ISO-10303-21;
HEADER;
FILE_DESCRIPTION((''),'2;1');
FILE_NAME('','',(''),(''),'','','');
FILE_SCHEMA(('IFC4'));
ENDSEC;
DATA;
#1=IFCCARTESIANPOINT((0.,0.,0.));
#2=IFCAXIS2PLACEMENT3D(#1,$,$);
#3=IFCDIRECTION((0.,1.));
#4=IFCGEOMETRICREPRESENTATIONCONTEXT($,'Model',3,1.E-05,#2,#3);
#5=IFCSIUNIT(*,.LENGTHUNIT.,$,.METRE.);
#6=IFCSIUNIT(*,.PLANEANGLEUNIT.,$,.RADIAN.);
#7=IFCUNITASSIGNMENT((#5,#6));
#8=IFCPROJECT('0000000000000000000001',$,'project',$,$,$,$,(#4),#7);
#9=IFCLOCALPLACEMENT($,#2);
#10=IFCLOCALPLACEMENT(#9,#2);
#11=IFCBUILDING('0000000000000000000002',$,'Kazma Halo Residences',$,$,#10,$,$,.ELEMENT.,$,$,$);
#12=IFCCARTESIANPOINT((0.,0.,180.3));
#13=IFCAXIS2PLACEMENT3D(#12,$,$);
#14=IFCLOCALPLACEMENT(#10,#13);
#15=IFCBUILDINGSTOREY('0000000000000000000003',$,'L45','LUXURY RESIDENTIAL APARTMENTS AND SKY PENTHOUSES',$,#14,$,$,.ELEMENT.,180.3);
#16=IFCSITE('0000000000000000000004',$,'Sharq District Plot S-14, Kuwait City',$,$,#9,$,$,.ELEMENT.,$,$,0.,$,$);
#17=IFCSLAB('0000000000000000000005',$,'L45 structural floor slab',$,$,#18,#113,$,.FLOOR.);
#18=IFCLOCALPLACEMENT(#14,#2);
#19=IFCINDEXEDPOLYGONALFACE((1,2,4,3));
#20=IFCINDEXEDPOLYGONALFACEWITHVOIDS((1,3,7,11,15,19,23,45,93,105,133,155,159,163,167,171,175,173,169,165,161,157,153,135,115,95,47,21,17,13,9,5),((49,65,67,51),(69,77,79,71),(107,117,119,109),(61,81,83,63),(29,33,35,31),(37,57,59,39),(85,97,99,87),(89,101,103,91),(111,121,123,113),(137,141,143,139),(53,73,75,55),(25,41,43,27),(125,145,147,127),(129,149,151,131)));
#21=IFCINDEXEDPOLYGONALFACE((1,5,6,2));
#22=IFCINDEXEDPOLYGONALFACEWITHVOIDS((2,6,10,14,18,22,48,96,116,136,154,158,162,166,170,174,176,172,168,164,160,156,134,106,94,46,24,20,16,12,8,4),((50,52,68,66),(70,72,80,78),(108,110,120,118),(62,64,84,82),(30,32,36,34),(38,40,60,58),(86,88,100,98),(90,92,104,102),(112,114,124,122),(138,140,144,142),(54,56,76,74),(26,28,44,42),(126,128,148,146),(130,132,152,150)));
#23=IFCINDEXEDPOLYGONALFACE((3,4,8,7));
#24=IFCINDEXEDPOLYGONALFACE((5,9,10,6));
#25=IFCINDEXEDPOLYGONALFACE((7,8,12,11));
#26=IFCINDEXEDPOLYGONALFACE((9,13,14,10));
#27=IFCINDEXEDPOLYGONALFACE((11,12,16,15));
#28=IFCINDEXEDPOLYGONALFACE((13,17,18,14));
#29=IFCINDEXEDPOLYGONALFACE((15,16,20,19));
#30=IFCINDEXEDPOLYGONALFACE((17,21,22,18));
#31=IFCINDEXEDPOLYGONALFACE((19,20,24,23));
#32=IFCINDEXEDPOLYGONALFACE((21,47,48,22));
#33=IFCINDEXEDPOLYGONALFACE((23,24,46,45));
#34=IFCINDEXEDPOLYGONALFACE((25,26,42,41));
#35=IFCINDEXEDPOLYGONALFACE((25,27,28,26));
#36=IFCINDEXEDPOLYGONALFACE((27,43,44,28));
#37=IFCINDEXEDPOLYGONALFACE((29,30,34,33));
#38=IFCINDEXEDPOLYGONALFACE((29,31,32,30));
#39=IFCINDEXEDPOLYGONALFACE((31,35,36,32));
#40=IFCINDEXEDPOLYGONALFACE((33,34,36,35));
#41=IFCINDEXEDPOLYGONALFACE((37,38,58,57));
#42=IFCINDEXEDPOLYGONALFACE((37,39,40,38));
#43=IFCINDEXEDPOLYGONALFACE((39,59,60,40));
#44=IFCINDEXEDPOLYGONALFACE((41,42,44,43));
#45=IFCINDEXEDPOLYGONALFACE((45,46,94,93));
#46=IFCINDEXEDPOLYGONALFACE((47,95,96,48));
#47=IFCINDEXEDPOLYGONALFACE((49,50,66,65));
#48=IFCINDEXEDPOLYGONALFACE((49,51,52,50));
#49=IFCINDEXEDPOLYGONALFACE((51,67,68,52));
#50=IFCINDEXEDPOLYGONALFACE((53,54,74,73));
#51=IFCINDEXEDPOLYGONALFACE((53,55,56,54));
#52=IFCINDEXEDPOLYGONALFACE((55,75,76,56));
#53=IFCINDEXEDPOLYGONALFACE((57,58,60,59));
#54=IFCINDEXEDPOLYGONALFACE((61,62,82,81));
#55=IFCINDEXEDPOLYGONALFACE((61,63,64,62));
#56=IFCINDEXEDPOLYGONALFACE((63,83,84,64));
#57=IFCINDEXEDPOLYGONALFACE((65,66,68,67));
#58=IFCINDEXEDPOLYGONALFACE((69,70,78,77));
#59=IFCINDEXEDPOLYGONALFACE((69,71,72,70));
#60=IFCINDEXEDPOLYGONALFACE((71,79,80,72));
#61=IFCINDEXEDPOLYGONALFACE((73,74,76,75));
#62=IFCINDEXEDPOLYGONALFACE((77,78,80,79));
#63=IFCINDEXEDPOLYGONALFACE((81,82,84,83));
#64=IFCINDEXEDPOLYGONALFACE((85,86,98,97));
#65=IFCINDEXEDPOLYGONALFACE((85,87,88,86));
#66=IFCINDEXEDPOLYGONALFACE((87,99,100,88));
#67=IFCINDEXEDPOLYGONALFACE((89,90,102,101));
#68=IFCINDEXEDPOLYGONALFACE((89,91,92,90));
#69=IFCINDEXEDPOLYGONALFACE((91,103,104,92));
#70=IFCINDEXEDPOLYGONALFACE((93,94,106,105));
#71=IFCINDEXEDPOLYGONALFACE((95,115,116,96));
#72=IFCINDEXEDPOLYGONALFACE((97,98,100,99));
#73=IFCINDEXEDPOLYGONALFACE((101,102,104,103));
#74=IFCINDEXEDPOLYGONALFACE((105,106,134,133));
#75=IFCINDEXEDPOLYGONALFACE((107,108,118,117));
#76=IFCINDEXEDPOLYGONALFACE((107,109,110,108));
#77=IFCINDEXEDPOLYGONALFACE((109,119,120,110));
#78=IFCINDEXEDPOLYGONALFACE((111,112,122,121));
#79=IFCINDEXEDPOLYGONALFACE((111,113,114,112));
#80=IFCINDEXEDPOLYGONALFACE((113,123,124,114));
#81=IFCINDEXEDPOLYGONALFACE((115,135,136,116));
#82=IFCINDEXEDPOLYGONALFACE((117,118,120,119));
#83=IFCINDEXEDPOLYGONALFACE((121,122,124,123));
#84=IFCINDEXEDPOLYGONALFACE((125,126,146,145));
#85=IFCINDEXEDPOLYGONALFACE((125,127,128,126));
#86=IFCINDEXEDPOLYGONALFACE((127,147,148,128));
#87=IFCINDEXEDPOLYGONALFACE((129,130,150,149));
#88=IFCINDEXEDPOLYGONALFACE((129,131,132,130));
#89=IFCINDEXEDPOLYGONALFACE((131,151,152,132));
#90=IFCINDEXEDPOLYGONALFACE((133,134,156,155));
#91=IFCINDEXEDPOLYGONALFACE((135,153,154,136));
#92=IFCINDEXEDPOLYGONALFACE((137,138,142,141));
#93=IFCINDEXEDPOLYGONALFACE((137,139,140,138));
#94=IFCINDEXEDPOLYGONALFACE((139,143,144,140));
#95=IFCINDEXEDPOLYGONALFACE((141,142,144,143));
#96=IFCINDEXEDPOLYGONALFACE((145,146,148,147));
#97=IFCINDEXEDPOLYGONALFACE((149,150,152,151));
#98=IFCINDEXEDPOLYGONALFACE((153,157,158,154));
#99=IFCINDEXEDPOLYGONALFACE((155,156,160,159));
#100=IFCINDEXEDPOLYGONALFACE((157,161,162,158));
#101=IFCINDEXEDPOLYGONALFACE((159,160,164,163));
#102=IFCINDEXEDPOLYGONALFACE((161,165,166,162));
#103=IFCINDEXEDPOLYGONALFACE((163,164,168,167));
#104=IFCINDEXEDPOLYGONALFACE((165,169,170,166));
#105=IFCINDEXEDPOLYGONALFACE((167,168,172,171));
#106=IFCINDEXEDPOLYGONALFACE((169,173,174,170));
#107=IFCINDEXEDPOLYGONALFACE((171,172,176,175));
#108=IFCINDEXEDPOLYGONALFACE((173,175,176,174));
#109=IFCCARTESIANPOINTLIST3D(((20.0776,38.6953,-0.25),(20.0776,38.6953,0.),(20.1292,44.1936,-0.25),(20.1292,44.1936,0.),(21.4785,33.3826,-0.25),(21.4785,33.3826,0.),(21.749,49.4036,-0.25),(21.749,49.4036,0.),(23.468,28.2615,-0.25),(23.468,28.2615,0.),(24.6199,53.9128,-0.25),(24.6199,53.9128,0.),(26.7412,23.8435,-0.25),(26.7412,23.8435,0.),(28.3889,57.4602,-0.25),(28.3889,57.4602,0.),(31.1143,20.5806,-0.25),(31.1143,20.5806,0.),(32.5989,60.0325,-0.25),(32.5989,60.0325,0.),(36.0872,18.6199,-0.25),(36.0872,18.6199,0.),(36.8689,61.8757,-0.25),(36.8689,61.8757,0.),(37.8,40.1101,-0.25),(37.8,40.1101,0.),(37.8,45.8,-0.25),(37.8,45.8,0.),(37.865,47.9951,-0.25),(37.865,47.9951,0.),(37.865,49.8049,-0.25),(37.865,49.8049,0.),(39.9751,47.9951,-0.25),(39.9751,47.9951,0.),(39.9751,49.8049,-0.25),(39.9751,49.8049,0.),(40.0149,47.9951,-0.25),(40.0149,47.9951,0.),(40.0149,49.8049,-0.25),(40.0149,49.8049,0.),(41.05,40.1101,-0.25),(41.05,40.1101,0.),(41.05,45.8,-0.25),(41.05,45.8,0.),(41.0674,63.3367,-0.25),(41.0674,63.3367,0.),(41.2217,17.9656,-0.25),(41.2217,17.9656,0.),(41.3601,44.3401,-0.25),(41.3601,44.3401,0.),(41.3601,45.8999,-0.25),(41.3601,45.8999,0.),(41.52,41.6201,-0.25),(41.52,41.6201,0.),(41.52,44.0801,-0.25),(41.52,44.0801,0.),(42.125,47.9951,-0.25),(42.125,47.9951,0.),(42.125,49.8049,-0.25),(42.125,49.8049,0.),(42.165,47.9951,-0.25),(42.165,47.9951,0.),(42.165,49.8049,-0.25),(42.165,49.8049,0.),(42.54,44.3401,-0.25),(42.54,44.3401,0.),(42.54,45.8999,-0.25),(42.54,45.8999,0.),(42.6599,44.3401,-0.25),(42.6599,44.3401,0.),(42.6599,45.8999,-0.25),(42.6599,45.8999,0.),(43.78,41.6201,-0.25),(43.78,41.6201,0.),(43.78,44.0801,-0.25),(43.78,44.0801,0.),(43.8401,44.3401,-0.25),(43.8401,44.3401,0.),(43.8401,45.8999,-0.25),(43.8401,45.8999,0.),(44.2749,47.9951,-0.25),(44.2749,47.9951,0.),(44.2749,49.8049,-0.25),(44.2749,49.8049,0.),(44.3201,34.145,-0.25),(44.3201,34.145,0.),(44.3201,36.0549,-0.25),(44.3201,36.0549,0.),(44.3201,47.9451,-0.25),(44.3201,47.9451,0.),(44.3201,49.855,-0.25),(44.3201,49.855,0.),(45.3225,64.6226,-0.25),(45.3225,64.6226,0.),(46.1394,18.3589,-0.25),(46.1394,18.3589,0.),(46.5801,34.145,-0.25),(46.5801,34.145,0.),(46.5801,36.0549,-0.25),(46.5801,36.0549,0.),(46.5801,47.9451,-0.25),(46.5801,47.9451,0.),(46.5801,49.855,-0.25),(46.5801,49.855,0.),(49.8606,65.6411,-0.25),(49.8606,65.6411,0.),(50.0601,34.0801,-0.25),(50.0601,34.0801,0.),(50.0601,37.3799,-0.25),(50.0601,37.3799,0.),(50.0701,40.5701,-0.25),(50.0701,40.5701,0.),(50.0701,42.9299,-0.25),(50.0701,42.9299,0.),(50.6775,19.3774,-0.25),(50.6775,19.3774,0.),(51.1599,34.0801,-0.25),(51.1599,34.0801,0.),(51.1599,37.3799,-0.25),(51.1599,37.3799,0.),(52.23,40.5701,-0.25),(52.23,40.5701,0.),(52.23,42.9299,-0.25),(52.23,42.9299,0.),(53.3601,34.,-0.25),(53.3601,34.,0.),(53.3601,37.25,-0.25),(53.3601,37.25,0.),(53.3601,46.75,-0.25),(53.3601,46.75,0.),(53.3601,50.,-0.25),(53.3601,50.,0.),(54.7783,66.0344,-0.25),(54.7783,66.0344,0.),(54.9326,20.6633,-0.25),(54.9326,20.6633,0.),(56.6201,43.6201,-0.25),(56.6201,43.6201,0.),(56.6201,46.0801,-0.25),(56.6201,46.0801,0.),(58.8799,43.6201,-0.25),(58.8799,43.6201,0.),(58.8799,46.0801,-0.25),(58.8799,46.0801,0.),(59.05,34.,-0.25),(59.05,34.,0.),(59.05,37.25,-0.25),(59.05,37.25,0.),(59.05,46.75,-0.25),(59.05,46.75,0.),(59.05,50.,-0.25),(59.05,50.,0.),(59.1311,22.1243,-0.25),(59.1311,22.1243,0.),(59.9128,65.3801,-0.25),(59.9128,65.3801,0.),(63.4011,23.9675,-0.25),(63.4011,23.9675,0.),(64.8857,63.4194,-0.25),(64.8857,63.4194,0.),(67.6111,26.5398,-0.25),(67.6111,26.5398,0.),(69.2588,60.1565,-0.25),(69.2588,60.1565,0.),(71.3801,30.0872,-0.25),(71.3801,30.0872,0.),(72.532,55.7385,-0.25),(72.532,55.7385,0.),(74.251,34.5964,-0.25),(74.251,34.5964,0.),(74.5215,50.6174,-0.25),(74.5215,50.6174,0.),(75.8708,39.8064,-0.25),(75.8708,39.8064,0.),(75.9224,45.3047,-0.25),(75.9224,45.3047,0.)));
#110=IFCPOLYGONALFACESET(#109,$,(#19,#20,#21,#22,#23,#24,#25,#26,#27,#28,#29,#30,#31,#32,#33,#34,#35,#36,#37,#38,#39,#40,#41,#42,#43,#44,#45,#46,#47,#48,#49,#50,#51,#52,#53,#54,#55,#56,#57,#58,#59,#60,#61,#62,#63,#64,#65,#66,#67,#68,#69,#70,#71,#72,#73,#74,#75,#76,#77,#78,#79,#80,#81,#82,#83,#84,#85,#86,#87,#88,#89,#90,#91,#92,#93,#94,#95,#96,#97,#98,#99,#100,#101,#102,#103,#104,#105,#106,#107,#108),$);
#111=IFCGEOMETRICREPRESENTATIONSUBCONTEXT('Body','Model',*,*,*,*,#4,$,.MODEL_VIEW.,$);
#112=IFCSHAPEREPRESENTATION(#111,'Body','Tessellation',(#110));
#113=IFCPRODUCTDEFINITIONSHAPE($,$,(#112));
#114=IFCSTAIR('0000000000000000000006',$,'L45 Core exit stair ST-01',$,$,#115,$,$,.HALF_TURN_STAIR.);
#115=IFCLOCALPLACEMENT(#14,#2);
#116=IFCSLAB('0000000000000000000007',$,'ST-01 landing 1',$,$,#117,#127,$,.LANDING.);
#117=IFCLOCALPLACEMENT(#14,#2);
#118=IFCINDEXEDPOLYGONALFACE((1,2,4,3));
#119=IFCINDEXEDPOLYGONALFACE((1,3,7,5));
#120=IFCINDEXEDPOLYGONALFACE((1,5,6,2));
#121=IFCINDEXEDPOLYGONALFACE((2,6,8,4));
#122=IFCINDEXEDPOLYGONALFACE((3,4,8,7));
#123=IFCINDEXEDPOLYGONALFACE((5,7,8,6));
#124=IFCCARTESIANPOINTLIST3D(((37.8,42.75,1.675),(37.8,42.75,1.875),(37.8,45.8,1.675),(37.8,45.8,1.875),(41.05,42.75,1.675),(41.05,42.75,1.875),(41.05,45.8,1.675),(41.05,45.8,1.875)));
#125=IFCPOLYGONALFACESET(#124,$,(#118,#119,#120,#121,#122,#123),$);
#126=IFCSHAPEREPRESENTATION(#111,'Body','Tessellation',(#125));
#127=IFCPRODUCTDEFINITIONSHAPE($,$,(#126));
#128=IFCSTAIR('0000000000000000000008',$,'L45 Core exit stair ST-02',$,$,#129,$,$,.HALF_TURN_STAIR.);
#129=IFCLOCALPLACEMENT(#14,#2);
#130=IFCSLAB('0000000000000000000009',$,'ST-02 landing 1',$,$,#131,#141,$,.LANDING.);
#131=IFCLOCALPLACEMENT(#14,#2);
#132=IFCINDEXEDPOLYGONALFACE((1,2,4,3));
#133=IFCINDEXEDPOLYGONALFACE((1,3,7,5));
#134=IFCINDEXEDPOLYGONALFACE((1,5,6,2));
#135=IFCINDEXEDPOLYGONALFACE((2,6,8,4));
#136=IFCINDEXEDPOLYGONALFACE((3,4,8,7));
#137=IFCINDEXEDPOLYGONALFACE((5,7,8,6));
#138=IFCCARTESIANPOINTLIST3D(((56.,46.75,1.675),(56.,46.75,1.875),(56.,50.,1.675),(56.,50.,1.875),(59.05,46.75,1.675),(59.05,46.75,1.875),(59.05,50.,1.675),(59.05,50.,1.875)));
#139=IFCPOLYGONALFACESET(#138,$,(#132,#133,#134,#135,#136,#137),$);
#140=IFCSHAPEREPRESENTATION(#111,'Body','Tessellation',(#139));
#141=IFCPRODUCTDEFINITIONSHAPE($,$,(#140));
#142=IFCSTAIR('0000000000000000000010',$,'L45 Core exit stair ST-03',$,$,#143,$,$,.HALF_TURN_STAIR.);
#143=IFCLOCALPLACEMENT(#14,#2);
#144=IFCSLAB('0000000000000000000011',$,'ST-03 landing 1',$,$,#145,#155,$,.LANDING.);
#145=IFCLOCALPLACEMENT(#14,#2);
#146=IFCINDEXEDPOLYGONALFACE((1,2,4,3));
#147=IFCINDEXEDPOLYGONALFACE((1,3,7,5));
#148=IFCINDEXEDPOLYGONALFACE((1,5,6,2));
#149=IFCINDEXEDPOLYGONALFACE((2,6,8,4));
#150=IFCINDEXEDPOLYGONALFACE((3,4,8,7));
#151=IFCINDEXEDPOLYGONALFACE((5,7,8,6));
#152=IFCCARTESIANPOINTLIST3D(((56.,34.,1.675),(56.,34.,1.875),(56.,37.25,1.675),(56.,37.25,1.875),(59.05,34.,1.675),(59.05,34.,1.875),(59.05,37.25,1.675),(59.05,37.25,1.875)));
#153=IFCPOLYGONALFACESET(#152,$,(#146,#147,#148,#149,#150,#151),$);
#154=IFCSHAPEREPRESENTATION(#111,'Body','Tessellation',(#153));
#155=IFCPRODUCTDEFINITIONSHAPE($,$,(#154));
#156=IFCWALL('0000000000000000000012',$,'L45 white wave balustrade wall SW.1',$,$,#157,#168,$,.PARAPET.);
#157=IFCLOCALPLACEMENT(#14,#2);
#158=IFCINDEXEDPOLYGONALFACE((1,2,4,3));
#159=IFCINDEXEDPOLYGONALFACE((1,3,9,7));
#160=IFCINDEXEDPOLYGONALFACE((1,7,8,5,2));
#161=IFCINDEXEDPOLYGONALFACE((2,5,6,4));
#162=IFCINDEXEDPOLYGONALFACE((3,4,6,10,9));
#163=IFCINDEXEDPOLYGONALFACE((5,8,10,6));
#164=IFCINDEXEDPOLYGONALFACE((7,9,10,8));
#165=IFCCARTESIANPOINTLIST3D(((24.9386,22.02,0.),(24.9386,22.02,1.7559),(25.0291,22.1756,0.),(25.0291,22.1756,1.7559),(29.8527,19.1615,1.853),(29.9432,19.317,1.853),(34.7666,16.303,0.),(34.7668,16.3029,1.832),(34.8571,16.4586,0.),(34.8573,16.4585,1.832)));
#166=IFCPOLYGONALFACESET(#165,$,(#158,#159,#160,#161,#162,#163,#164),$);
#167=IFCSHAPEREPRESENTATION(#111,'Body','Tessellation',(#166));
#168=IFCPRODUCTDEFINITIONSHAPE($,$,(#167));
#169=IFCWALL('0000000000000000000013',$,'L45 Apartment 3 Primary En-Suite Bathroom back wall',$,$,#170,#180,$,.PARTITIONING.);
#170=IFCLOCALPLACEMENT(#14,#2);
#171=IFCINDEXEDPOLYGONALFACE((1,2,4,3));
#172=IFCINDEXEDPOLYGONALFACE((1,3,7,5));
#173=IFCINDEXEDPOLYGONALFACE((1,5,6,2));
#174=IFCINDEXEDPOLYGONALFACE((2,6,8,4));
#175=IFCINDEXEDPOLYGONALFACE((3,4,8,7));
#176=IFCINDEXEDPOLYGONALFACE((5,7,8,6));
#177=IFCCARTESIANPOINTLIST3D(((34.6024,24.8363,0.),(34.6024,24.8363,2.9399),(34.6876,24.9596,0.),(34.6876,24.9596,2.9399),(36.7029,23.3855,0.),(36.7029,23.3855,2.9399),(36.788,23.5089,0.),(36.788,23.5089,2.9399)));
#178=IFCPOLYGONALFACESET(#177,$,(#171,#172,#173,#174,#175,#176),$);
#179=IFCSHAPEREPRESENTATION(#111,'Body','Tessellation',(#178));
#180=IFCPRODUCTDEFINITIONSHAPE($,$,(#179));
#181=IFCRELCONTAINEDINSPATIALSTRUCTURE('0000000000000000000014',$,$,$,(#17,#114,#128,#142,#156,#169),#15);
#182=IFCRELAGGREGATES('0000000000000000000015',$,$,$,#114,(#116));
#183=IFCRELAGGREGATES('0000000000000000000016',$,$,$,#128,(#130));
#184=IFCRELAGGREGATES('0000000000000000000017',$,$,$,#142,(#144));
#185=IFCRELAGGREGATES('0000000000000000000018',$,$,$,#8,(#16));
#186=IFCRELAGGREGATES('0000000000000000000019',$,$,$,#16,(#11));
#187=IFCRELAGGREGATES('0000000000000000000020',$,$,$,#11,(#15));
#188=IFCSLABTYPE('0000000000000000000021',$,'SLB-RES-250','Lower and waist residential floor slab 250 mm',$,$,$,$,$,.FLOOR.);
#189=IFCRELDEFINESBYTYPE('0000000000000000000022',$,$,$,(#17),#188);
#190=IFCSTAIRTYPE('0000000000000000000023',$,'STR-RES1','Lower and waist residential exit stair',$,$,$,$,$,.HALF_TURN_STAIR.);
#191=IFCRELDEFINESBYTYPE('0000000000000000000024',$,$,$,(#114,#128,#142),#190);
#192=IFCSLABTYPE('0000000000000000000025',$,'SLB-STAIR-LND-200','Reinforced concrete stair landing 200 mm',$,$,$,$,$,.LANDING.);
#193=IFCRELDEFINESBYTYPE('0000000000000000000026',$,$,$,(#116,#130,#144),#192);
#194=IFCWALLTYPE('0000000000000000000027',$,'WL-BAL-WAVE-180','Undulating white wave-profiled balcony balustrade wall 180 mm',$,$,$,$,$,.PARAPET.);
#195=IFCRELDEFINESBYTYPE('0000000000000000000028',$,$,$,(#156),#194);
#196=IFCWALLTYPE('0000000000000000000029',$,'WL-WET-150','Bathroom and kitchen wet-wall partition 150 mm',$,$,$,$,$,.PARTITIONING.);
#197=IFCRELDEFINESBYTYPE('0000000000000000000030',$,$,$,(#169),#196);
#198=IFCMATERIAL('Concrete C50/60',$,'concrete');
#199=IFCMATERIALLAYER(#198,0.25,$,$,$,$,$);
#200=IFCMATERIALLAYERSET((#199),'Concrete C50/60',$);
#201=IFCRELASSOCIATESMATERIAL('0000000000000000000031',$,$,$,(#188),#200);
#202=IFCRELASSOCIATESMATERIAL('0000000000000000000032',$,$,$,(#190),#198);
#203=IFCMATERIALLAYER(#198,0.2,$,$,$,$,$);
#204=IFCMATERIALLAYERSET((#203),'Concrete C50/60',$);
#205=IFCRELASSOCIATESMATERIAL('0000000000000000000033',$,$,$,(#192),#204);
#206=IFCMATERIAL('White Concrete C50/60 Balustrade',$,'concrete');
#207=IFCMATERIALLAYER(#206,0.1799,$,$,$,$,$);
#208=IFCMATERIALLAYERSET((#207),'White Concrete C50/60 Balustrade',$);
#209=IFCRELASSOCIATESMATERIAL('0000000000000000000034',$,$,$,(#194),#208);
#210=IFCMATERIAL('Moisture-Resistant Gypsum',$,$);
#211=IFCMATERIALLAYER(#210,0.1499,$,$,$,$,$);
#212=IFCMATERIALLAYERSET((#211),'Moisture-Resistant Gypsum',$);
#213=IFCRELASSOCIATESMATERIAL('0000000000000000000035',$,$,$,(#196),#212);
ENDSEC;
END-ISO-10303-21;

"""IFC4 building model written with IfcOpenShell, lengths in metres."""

from ifc_helpers import new_model, si_unit, direction, frame, frame_2d, origin, place, context, subcontext, project, spatial, polyline, rectangle, outline, extrude, material, layer, layer_set, type_object, element, aggregate, save


model = new_model("IFC4")

# Units and contexts
model_context = context("Model", 3, precision=1e-05, world=origin(), true_north=direction((0.0, 1.0)))
body_context = subcontext(model_context, "Body", "Model", "MODEL_VIEW")
ifc_project = project(units=[si_unit("LENGTHUNIT", "METRE"), si_unit("PLANEANGLEUNIT", "RADIAN")], contexts=[model_context])

# Site, building, storey
site_placement = place(None, origin())
site = spatial("IfcSite", under=ifc_project, at=site_placement, Name="Sharq District Plot S-14, Kuwait City", CompositionType="ELEMENT", RefElevation=0.0)
building_placement = place(site_placement, origin())
building = spatial("IfcBuilding", under=site, at=building_placement, Name="Kazma Halo Residences", CompositionType="ELEMENT")
storey_placement = place(building_placement, frame((0.0, 0.0, 180.3)))
storey = spatial("IfcBuildingStorey", under=building, at=storey_placement, Name="L45", Description="LUXURY RESIDENTIAL APARTMENTS AND SKY PENTHOUSES", CompositionType="ELEMENT", Elevation=180.3)

# Slab
ifc_material_1 = material(Name="Concrete C50/60", Category="concrete")
ifc_layer_1 = layer(ifc_material_1, 0.25)
ifc_layer_set_1 = layer_set([ifc_layer_1], Name="Concrete C50/60")
slab_type_1 = type_object("IfcSlabType", Name="SLB-RES-250", Description="Lower and waist residential floor slab 250 mm", PredefinedType="FLOOR", material=ifc_layer_set_1)
slab_1_placement = place(storey_placement, frame((0.0, 0.0, -0.25)))
element("IfcSlab", 1, at=slab_1_placement, inside=storey, type_object=slab_type_1, Name="L45 structural floor slab", PredefinedType="FLOOR", context=body_context, shape_type="SweptSolid", body=[
    extrude(outline(polyline([(74.5215, 50.6174), (72.532, 55.7385), (69.2588, 60.1565), (64.8857, 63.4194), (59.9128, 65.3801), (54.7783, 66.0344), (49.8606, 65.6411), (45.3225, 64.6226), (41.0674, 63.3367), (36.8689, 61.8757), (32.5989, 60.0325), (28.3889, 57.4602), (24.6199, 53.9128), (21.749, 49.4036), (20.1292, 44.1936), (20.0776, 38.6953), (21.4785, 33.3826), (23.468, 28.2615), (26.7412, 23.8435), (31.1143, 20.5806), (36.0872, 18.6199), (41.2217, 17.9656), (46.1394, 18.3589), (50.6775, 19.3774), (54.9326, 20.6633), (59.1311, 22.1243), (63.4011, 23.9675), (67.6111, 26.5398), (71.3801, 30.0872), (74.251, 34.5964), (75.8708, 39.8064), (75.9224, 45.3047), (74.5215, 50.6174)]), holes=[polyline([(37.8, 40.1101), (41.05, 40.1101), (41.05, 45.8), (37.8, 45.8), (37.8, 40.1101)]), polyline([(53.3601, 46.75), (59.05, 46.75), (59.05, 50.0), (53.3601, 50.0), (53.3601, 46.75)]), polyline([(53.3601, 34.0), (59.05, 34.0), (59.05, 37.25), (53.3601, 37.25), (53.3601, 34.0)]), polyline([(41.52, 41.6201), (43.78, 41.6201), (43.78, 44.0801), (41.52, 44.0801), (41.52, 41.6201)]), polyline([(56.6201, 43.6201), (58.8799, 43.6201), (58.8799, 46.0801), (56.6201, 46.0801), (56.6201, 43.6201)]), polyline([(37.865, 47.9951), (39.9751, 47.9951), (39.9751, 49.8049), (37.865, 49.8049), (37.865, 47.9951)]), polyline([(40.0149, 47.9951), (42.125, 47.9951), (42.125, 49.8049), (40.0149, 49.8049), (40.0149, 47.9951)]), polyline([(42.165, 47.9951), (44.2749, 47.9951), (44.2749, 49.8049), (42.165, 49.8049), (42.165, 47.9951)]), polyline([(44.3201, 47.9451), (46.5801, 47.9451), (46.5801, 49.855), (44.3201, 49.855), (44.3201, 47.9451)]), polyline([(44.3201, 34.145), (46.5801, 34.145), (46.5801, 36.0549), (44.3201, 36.0549), (44.3201, 34.145)]), polyline([(50.0701, 40.5701), (52.23, 40.5701), (52.23, 42.9299), (50.0701, 42.9299), (50.0701, 40.5701)]), polyline([(41.3601, 44.3401), (42.54, 44.3401), (42.54, 45.8999), (41.3601, 45.8999), (41.3601, 44.3401)]), polyline([(42.6599, 44.3401), (43.8401, 44.3401), (43.8401, 45.8999), (42.6599, 45.8999), (42.6599, 44.3401)]), polyline([(50.0601, 34.0801), (51.1599, 34.0801), (51.1599, 37.3799), (50.0601, 37.3799), (50.0601, 34.0801)])]), origin(), (0.0, 0.0, 1.0), 0.25),
])

# Stairs, slabs
stair_type = type_object("IfcStairType", Name="STR-RES1", Description="Lower and waist residential exit stair", PredefinedType="HALF_TURN_STAIR", material=ifc_material_1)
stair_1_placement = place(storey_placement, origin())
stair_1 = element("IfcStair", 2, at=stair_1_placement, inside=storey, type_object=stair_type, Name="L45 Core exit stair ST-01", PredefinedType="HALF_TURN_STAIR")
ifc_layer_2 = layer(ifc_material_1, 0.2)
ifc_layer_set_2 = layer_set([ifc_layer_2], Name="Concrete C50/60")
slab_type_2 = type_object("IfcSlabType", Name="SLB-STAIR-LND-200", Description="Reinforced concrete stair landing 200 mm", PredefinedType="LANDING", material=ifc_layer_set_2)
slab_2_placement = place(storey_placement, frame((0.0, 0.0, 1.675)))
slab_2 = element("IfcSlab", 3, at=slab_2_placement, type_object=slab_type_2, Name="ST-01 landing 1", PredefinedType="LANDING", context=body_context, shape_type="SweptSolid", body=[
    extrude(outline(polyline([(41.05, 42.75), (41.05, 45.8), (37.8, 45.8), (37.8, 42.75), (41.05, 42.75)])), origin(), (0.0, 0.0, 1.0), 0.2),
])
aggregate(stair_1, [slab_2])
stair_2_placement = place(storey_placement, origin())
stair_2 = element("IfcStair", 4, at=stair_2_placement, inside=storey, type_object=stair_type, Name="L45 Core exit stair ST-02", PredefinedType="HALF_TURN_STAIR")
slab_3_placement = place(storey_placement, frame((0.0, 0.0, 1.675)))
slab_3 = element("IfcSlab", 5, at=slab_3_placement, type_object=slab_type_2, Name="ST-02 landing 1", PredefinedType="LANDING", context=body_context, shape_type="SweptSolid", body=[
    extrude(outline(polyline([(56.0, 46.75), (59.05, 46.75), (59.05, 50.0), (56.0, 50.0), (56.0, 46.75)])), origin(), (0.0, 0.0, 1.0), 0.2),
])
aggregate(stair_2, [slab_3])
stair_3_placement = place(storey_placement, origin())
stair_3 = element("IfcStair", 6, at=stair_3_placement, inside=storey, type_object=stair_type, Name="L45 Core exit stair ST-03", PredefinedType="HALF_TURN_STAIR")
slab_4_placement = place(storey_placement, frame((0.0, 0.0, 1.675)))
slab_4 = element("IfcSlab", 7, at=slab_4_placement, type_object=slab_type_2, Name="ST-03 landing 1", PredefinedType="LANDING", context=body_context, shape_type="SweptSolid", body=[
    extrude(outline(polyline([(56.0, 34.0), (59.05, 34.0), (59.05, 37.25), (56.0, 37.25), (56.0, 34.0)])), origin(), (0.0, 0.0, 1.0), 0.2),
])
aggregate(stair_3, [slab_4])

# Wall
ifc_material_2 = material(Name="White Concrete C50/60 Balustrade", Category="concrete")
ifc_layer_3 = layer(ifc_material_2, 0.1799)
ifc_layer_set_3 = layer_set([ifc_layer_3], Name="White Concrete C50/60 Balustrade")
wall_type_1 = type_object("IfcWallType", Name="WL-BAL-WAVE-180", Description="Undulating white wave-profiled balcony balustrade wall 180 mm", PredefinedType="PARAPET", material=ifc_layer_set_3)
wall_1_placement = place(storey_placement, frame((24.9839, 22.0979, 0.0), z_axis=(0.0, 0.0, 1.0), x_axis=(0.864392, -0.502819, 0.0)))
element("IfcWall", 8, at=wall_1_placement, inside=storey, type_object=wall_type_1, Name="L45 white wave balustrade wall SW.1", PredefinedType="PARAPET", context=body_context, shape_type="SweptSolid", body=[
    extrude(outline(polyline([(0.0, 0.0), (11.3699, 0.0), (11.3701, 1.832), (5.6851, 1.853), (0.0, 1.7559), (0.0, 0.0)])), frame((0.0, 0.0898, 0.0), z_axis=(0.0, -1.0, 0.0), x_axis=(1.0, 0.0, 0.0)), (0.0, 0.0, 1.0), 0.1799),
])

# Wall
ifc_material_3 = material(Name="Moisture-Resistant Gypsum")
ifc_layer_4 = layer(ifc_material_3, 0.1499)
ifc_layer_set_4 = layer_set([ifc_layer_4], Name="Moisture-Resistant Gypsum")
wall_type_2 = type_object("IfcWallType", Name="WL-WET-150", Description="Bathroom and kitchen wet-wall partition 150 mm", PredefinedType="PARTITIONING", material=ifc_layer_set_4)
wall_2_placement = place(storey_placement, frame((34.645, 24.8979, 0.0), z_axis=(0.0, 0.0, 1.0), x_axis=(0.822815, -0.568309, 0.0)))
element("IfcWall", 9, at=wall_2_placement, inside=storey, type_object=wall_type_2, Name="L45 Apartment 3 Primary En-Suite Bathroom back wall", PredefinedType="PARTITIONING", context=body_context, shape_type="SweptSolid", body=[
    extrude(rectangle(XDim=2.5527, YDim=0.1499, at=frame_2d((1.2764, 0.0))), origin(), (0.0, 0.0, 1.0), 2.9399),
])

save(model, "model.ifc")
